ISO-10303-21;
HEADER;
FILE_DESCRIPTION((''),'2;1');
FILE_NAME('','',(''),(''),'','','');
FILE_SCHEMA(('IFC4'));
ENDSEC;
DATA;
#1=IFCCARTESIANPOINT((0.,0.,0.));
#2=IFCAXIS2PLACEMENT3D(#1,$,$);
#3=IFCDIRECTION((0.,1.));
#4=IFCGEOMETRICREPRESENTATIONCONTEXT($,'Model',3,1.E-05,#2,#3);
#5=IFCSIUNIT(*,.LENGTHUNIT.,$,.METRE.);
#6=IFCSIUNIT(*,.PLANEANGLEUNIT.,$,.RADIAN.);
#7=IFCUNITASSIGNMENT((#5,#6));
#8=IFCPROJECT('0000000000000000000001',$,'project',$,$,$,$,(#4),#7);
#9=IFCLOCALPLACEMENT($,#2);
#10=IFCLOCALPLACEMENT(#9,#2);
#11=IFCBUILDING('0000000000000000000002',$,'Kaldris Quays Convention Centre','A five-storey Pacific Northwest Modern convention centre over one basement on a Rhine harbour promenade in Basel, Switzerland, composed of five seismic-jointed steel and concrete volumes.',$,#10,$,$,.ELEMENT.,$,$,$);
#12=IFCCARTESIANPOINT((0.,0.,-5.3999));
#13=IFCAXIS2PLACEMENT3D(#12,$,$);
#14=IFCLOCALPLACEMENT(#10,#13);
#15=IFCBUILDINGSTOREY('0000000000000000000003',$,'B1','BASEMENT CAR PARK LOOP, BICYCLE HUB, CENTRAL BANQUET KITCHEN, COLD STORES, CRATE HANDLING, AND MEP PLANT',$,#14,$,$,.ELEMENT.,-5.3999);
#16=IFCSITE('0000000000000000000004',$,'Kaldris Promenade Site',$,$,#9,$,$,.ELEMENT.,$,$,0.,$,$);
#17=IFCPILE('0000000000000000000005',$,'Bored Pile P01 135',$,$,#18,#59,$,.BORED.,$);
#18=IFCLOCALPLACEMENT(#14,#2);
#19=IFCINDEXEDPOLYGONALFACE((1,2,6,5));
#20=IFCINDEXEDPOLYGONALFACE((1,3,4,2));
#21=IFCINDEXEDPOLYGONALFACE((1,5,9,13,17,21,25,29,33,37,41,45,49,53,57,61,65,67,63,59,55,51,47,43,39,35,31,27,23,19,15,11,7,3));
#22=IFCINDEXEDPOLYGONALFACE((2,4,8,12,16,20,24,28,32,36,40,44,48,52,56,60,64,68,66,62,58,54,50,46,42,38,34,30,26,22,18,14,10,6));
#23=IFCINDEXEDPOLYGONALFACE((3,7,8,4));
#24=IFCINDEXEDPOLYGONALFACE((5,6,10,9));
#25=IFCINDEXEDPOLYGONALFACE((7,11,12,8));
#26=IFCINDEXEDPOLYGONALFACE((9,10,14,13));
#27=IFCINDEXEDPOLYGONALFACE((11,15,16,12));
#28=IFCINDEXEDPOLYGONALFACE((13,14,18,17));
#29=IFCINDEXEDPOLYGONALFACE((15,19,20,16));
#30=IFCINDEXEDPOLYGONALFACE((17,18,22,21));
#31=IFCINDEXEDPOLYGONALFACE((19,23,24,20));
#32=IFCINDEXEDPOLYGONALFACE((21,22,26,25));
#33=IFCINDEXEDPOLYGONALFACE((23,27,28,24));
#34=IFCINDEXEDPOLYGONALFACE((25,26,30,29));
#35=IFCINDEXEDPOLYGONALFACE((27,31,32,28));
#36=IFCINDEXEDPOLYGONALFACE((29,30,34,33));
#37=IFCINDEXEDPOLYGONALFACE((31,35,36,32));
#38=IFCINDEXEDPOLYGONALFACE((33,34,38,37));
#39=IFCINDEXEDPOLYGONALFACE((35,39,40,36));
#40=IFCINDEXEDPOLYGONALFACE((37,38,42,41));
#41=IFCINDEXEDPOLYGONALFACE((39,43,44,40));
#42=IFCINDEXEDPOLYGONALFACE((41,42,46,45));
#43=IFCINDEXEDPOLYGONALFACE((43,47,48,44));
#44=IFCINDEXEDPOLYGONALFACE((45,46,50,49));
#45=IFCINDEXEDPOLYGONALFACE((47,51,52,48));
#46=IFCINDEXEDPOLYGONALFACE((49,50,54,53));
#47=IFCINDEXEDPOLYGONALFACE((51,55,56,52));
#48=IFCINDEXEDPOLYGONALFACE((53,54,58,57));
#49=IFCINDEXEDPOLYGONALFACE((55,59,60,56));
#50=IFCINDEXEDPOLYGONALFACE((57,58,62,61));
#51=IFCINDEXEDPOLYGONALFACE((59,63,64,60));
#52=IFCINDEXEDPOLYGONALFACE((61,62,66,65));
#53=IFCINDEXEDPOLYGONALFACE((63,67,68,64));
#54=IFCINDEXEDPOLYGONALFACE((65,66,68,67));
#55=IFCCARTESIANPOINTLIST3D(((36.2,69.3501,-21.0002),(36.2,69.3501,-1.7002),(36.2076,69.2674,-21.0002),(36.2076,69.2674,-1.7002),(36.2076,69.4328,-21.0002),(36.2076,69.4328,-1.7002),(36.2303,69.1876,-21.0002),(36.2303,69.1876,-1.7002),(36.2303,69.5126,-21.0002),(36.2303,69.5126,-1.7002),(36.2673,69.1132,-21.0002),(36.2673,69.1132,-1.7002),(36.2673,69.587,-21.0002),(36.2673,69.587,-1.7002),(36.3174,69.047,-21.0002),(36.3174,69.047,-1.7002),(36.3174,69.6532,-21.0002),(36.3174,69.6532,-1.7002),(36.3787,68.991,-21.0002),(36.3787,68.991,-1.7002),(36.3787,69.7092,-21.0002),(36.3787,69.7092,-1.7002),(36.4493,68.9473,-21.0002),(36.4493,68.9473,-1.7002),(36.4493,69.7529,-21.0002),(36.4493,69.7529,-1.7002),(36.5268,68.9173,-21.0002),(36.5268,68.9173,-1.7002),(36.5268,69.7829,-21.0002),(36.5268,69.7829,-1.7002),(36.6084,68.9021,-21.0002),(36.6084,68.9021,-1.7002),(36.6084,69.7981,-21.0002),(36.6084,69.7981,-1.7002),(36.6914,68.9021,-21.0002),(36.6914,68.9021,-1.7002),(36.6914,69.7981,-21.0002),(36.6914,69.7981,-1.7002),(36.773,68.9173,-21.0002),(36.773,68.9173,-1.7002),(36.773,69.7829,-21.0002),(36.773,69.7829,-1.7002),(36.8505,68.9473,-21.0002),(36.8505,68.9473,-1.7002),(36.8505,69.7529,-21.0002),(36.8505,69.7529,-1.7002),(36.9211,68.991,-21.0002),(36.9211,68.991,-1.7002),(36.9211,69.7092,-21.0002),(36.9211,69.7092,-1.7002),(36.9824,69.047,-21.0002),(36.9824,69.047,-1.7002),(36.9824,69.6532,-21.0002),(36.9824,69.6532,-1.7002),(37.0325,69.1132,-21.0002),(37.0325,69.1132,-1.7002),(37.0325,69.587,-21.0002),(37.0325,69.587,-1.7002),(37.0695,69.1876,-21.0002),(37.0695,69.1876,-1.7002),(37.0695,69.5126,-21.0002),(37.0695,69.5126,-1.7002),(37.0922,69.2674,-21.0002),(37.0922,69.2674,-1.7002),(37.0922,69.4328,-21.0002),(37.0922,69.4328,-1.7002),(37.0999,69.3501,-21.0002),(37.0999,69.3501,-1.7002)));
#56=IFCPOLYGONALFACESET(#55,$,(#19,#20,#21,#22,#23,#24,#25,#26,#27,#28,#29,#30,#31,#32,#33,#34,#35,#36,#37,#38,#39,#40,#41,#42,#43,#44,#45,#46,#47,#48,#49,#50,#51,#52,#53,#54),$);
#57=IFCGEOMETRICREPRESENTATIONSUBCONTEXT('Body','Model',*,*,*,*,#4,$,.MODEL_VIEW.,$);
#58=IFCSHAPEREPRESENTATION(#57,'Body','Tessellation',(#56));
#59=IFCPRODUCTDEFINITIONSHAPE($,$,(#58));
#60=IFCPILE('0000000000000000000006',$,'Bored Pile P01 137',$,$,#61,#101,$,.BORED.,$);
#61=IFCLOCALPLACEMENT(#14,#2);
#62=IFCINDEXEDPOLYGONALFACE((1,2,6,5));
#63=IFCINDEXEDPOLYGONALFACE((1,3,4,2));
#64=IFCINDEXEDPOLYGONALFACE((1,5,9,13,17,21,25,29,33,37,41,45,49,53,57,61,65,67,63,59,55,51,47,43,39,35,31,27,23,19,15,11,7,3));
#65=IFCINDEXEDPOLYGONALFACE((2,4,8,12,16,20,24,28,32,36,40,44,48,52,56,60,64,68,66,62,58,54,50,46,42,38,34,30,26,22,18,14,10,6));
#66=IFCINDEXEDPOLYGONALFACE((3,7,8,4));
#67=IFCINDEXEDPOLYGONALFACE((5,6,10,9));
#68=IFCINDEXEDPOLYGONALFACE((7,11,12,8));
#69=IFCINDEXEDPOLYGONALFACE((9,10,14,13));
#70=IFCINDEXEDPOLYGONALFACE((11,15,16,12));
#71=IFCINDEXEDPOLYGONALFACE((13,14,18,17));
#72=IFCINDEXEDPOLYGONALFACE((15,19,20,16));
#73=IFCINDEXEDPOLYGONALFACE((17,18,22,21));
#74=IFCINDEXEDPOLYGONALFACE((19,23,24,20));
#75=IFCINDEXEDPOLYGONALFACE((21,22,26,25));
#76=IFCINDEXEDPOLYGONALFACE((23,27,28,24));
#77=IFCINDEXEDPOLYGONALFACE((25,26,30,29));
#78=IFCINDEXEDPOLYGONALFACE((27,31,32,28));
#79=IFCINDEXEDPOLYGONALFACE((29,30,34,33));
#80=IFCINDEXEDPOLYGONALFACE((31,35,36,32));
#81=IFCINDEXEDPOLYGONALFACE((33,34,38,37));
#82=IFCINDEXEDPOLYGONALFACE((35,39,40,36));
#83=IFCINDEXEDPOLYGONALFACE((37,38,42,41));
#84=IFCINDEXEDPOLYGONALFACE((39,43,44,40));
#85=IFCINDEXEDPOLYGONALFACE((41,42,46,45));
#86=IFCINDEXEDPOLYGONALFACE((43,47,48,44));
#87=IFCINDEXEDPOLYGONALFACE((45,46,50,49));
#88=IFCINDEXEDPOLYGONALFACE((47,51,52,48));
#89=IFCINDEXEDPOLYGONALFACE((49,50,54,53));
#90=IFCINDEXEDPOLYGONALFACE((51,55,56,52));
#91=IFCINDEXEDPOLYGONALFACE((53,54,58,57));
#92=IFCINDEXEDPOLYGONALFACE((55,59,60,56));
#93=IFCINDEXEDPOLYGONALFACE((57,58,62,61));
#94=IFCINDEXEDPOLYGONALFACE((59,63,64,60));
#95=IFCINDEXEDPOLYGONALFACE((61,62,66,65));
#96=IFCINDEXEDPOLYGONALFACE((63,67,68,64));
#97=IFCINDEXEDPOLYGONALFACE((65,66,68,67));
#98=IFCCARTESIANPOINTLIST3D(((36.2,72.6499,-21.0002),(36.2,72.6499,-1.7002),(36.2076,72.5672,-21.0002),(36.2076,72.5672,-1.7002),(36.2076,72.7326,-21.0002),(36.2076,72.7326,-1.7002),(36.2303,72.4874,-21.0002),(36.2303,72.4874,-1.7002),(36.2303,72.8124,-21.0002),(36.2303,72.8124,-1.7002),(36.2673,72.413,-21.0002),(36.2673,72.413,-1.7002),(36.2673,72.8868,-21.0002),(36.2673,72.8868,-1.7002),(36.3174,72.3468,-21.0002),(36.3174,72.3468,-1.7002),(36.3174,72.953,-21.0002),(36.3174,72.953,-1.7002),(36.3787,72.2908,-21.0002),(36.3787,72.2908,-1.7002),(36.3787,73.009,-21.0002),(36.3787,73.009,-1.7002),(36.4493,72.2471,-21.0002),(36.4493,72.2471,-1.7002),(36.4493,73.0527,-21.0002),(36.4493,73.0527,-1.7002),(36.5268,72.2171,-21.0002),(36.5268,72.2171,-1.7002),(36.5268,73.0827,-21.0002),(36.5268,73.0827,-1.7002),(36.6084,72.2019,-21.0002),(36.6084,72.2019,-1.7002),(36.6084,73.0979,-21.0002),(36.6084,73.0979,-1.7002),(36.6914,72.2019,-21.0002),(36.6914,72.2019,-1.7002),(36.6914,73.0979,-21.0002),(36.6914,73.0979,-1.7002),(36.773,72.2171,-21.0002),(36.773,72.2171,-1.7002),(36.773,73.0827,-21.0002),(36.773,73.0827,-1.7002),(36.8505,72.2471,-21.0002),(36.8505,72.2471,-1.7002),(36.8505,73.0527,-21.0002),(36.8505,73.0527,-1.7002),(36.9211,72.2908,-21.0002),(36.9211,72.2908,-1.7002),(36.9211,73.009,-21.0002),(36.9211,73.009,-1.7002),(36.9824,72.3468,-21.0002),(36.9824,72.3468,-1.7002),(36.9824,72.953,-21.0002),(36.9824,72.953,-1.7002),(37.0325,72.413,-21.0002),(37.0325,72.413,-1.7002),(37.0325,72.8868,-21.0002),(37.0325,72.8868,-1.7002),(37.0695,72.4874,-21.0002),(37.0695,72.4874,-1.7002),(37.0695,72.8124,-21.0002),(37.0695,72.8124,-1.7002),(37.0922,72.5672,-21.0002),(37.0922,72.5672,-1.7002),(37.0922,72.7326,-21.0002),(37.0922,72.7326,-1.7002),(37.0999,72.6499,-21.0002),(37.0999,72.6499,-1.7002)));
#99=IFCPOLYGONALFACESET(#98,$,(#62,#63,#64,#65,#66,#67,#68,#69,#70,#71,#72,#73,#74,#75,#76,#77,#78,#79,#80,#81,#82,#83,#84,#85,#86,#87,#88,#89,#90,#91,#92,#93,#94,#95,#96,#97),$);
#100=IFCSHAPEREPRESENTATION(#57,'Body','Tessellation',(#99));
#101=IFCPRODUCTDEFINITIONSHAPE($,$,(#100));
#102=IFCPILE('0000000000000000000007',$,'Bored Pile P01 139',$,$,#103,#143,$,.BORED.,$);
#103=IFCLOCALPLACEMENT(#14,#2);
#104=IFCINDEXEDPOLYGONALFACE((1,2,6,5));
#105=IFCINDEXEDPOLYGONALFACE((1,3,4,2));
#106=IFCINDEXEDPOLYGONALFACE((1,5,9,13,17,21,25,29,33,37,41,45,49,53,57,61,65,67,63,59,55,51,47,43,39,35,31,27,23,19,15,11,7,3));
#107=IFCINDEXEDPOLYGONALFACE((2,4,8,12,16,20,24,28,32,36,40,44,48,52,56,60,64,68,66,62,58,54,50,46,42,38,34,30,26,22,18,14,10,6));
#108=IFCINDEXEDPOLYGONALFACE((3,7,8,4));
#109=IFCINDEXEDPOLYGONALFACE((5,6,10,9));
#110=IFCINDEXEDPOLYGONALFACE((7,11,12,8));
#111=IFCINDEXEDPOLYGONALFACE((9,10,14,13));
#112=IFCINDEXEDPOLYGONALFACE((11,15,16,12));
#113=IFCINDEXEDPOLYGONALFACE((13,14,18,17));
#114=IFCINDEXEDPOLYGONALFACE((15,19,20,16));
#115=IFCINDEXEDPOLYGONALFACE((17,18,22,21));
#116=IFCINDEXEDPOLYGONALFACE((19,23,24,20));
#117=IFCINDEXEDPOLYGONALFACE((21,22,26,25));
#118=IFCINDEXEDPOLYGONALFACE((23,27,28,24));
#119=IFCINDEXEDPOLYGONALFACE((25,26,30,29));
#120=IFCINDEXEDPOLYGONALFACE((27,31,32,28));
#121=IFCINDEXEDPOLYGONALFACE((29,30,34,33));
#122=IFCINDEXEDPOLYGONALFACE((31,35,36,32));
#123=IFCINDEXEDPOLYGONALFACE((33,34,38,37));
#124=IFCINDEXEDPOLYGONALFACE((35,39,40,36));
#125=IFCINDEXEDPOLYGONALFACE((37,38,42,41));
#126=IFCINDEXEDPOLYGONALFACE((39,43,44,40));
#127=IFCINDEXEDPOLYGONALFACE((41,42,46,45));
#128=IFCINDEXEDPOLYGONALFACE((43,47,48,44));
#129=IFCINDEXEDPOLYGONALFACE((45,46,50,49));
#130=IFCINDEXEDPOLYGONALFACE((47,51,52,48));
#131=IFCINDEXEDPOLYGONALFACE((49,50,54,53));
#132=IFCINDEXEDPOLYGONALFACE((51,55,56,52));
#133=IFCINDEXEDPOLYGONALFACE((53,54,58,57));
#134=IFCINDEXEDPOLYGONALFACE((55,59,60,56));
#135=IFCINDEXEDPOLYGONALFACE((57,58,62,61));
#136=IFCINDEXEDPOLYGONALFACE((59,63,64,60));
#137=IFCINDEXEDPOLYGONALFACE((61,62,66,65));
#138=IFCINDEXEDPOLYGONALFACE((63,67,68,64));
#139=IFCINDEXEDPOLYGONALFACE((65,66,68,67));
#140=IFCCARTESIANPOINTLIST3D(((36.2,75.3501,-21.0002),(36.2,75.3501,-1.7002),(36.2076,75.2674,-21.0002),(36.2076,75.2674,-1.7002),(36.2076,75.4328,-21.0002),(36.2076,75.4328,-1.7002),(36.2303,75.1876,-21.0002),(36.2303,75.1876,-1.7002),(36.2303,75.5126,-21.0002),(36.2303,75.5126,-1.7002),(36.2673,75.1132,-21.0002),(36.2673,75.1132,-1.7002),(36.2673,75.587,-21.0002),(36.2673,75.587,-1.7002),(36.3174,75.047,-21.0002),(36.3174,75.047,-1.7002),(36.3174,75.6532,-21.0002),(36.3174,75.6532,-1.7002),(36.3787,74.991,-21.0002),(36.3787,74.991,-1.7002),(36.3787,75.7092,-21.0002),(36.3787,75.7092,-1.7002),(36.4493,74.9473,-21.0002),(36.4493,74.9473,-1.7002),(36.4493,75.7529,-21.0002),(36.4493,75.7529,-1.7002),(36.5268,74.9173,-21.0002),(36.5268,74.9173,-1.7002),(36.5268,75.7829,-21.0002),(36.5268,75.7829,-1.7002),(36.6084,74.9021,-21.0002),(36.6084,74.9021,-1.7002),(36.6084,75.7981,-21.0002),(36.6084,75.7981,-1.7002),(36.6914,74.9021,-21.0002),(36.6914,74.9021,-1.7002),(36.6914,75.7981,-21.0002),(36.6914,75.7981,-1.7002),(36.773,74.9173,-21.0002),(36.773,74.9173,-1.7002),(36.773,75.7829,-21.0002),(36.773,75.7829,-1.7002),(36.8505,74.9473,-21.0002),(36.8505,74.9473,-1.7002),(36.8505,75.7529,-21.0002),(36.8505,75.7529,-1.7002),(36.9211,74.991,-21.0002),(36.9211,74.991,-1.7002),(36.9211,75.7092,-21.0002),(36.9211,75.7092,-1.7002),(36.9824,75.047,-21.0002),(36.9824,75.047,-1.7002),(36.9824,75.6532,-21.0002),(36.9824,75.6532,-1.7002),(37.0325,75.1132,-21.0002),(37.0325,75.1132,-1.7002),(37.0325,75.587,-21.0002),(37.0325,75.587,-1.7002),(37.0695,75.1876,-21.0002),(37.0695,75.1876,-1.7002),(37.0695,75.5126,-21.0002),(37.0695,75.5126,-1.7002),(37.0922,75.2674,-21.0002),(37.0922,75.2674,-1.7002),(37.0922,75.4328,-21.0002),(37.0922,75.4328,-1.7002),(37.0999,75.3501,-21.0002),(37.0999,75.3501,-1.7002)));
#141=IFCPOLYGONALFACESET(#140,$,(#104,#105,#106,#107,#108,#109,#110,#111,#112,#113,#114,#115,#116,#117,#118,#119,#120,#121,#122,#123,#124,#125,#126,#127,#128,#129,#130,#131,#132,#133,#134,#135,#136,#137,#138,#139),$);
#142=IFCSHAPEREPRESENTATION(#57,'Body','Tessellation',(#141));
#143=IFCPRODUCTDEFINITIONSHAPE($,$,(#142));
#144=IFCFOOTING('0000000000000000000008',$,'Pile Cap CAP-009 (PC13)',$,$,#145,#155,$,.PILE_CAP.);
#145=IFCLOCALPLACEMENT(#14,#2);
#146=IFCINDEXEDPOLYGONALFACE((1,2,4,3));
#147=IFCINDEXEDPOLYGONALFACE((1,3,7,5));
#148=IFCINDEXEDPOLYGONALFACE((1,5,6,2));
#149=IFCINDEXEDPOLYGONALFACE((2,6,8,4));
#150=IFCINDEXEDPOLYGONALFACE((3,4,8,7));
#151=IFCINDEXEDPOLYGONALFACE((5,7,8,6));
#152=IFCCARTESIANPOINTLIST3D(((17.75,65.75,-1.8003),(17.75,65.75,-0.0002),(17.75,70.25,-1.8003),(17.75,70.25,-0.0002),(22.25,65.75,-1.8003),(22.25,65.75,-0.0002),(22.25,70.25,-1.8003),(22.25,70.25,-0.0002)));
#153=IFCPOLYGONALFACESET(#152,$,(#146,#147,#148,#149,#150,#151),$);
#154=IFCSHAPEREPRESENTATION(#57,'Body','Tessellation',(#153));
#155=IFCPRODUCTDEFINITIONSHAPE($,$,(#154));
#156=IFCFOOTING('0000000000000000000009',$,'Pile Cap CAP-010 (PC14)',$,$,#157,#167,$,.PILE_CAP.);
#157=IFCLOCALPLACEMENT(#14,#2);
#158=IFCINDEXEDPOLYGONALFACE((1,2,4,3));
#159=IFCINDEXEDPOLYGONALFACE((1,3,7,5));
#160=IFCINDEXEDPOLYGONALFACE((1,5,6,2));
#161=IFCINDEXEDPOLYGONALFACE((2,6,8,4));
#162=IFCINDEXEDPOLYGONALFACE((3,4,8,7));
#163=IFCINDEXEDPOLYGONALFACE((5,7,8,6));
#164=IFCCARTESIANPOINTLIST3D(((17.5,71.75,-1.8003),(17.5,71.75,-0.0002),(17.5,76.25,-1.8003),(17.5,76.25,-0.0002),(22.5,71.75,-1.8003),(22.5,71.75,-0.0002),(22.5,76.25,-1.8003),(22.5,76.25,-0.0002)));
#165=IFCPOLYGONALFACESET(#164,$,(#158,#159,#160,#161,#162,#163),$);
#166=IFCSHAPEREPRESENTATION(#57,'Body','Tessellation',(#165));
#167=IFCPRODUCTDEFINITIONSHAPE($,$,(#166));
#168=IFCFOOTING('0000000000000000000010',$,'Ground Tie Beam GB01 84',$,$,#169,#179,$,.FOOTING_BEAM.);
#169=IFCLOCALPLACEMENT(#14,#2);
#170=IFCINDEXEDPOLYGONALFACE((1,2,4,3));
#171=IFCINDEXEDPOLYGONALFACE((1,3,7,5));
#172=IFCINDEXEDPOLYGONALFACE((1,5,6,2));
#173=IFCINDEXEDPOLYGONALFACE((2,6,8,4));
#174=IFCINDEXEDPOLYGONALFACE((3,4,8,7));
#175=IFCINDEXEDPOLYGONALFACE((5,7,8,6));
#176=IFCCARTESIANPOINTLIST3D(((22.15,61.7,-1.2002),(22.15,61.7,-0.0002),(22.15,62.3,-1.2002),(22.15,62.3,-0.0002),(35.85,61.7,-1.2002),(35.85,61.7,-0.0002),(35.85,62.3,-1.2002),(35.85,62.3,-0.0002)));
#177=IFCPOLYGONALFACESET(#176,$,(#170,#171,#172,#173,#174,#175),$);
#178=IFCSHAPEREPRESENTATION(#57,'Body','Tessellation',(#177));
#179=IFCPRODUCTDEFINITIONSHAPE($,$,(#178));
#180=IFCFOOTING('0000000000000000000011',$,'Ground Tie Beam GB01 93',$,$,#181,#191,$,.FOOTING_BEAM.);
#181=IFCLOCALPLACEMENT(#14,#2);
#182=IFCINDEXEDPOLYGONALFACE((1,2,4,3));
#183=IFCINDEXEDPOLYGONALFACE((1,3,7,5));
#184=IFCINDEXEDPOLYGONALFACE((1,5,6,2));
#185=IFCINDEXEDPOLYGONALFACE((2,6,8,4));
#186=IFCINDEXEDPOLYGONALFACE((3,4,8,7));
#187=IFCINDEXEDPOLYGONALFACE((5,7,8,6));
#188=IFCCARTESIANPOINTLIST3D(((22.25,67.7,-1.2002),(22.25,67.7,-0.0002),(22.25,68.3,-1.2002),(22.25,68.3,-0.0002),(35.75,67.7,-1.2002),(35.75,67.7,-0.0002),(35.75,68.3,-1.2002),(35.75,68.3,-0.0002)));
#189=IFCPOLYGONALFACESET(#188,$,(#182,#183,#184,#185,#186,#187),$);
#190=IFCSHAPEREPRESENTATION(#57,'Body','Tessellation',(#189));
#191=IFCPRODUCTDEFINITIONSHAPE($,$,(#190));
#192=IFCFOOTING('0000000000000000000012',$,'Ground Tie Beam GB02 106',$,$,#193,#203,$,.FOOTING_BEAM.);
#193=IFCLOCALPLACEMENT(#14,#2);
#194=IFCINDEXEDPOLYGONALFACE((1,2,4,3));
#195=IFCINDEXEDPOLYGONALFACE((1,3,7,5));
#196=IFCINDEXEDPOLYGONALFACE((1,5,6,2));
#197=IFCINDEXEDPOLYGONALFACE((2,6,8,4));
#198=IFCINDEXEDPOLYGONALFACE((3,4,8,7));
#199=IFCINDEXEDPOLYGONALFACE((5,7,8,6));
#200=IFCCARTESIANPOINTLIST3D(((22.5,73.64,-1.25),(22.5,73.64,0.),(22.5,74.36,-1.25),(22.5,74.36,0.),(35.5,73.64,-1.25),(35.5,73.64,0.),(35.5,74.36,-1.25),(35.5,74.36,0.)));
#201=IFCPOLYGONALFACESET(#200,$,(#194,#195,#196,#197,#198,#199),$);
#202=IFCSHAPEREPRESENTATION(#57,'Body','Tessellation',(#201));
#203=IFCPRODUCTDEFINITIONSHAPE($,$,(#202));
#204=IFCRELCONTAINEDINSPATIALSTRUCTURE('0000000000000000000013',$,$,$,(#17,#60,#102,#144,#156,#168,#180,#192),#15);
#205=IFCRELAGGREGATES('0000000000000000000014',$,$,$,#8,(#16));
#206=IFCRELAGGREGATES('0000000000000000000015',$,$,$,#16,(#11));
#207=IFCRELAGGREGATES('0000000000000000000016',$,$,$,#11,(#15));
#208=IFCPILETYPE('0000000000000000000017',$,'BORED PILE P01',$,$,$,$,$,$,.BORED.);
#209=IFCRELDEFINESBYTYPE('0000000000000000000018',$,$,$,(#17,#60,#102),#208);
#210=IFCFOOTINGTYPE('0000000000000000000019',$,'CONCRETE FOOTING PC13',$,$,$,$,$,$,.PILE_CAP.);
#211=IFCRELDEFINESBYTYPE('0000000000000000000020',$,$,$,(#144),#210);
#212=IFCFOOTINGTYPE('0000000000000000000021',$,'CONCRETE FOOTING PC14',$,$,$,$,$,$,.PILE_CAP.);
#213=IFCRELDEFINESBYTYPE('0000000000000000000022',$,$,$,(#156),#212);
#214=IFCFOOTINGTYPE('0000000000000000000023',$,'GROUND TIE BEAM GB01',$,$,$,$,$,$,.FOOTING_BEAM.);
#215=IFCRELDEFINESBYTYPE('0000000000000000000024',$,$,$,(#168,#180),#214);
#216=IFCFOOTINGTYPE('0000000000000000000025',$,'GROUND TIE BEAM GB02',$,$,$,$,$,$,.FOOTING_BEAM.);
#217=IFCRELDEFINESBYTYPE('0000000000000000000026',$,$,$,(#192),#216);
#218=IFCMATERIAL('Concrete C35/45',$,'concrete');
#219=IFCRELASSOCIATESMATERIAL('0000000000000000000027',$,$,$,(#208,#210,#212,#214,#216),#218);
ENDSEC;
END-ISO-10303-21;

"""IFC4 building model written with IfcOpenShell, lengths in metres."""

from ifc_helpers import new_model, si_unit, direction, frame, origin, origin_2d, place, context, subcontext, project, spatial, rectangle, circle, extrude, material, material_profile, profile_set, type_object, element, save


model = new_model("IFC4")

# Units and contexts
model_context = context("Model", 3, precision=1e-05, world=origin(), true_north=direction((0.0, 1.0)))
body_context = subcontext(model_context, "Body", "Model", "MODEL_VIEW")
ifc_project = project(units=[si_unit("LENGTHUNIT", "METRE"), si_unit("PLANEANGLEUNIT", "RADIAN")], contexts=[model_context])

# Site, building, storey
site_placement = place(None, origin())
site = spatial("IfcSite", under=ifc_project, at=site_placement, Name="Kaldris Promenade Site", CompositionType="ELEMENT", RefElevation=0.0)
building_placement = place(site_placement, origin())
building = spatial("IfcBuilding", under=site, at=building_placement, Name="Kaldris Quays Convention Centre", Description="A five-storey Pacific Northwest Modern convention centre over one basement on a Rhine harbour promenade in Basel, Switzerland, composed of five seismic-jointed steel and concrete volumes.", CompositionType="ELEMENT")
storey_placement = place(building_placement, frame((0.0, 0.0, -5.3999)))
storey = spatial("IfcBuildingStorey", under=building, at=storey_placement, Name="B1", Description="BASEMENT CAR PARK LOOP, BICYCLE HUB, CENTRAL BANQUET KITCHEN, COLD STORES, CRATE HANDLING, AND MEP PLANT", CompositionType="ELEMENT", Elevation=-5.3999)

# Piles
ifc_material_1 = material(Name="Concrete C35/45", Category="concrete")
ifc_material_profile_1 = material_profile(ifc_material_1, circle(Radius=0.45, at=origin_2d()), Name="BORED PILE D900")
ifc_profile_set_1 = profile_set([ifc_material_profile_1], Name="Concrete C35/45")
pile_type = type_object("IfcPileType", Name="BORED PILE P01", PredefinedType="BORED", material=ifc_profile_set_1)
for number, where, z_axis, x_axis, name in (
    (1, (36.6499, 69.3501, -1.7002), (0.0, 0.0, -1.0), (1.0, 0.0, 0.0), "Bored Pile P01 135"),
    (2, (36.6499, 72.6499, -1.7002), (0.0, 0.0, -1.0), (1.0, 0.0, 0.0), "Bored Pile P01 137"),
    (3, (36.6499, 75.3501, -1.7002), (0.0, 0.0, -1.0), (1.0, 0.0, 0.0), "Bored Pile P01 139"),
):
    element("IfcPile", number, at=place(storey_placement, frame(where, z_axis=z_axis, x_axis=x_axis)), inside=storey, type_object=pile_type, Name=name, PredefinedType="BORED", context=body_context, shape_type="SweptSolid", body=[
        extrude(circle(Radius=0.45, at=origin_2d()), origin(), (0.0, 0.0, 1.0), 19.3),
    ])

# Footings
footing_type_1 = type_object("IfcFootingType", Name="CONCRETE FOOTING PC13", PredefinedType="PILE_CAP", material=ifc_material_1)
footing_1_placement = place(storey_placement, frame((20.0, 68.0, -1.8003), z_axis=(0.0, 0.0, 1.0), x_axis=(1.0, 0.0, 0.0)))
element("IfcFooting", 4, at=footing_1_placement, inside=storey, type_object=footing_type_1, Name="Pile Cap CAP-009 (PC13)", PredefinedType="PILE_CAP", context=body_context, shape_type="SweptSolid", body=[
    extrude(rectangle(XDim=4.5, YDim=4.5, at=origin_2d()), origin(), (0.0, 0.0, 1.0), 1.8),
])
footing_type_2 = type_object("IfcFootingType", Name="CONCRETE FOOTING PC14", PredefinedType="PILE_CAP", material=ifc_material_1)
footing_2_placement = place(storey_placement, frame((20.0, 74.0, -1.8003), z_axis=(0.0, 0.0, 1.0), x_axis=(1.0, 0.0, 0.0)))
element("IfcFooting", 5, at=footing_2_placement, inside=storey, type_object=footing_type_2, Name="Pile Cap CAP-010 (PC14)", PredefinedType="PILE_CAP", context=body_context, shape_type="SweptSolid", body=[
    extrude(rectangle(XDim=5.0, YDim=4.5, at=origin_2d()), origin(), (0.0, 0.0, 1.0), 1.8),
])
footing_type_3 = type_object("IfcFootingType", Name="GROUND TIE BEAM GB01", PredefinedType="FOOTING_BEAM", material=ifc_material_1)
footing_3_placement = place(storey_placement, frame((29.0, 62.0, -1.2002), z_axis=(0.0, 0.0, 1.0), x_axis=(1.0, 0.0, 0.0)))
element("IfcFooting", 6, at=footing_3_placement, inside=storey, type_object=footing_type_3, Name="Ground Tie Beam GB01 84", PredefinedType="FOOTING_BEAM", context=body_context, shape_type="SweptSolid", body=[
    extrude(rectangle(XDim=13.7, YDim=0.6001, at=origin_2d()), origin(), (0.0, 0.0, 1.0), 1.2),
])
footing_4_placement = place(storey_placement, frame((29.0, 68.0, -1.2002), z_axis=(0.0, 0.0, 1.0), x_axis=(1.0, 0.0, 0.0)))
element("IfcFooting", 7, at=footing_4_placement, inside=storey, type_object=footing_type_3, Name="Ground Tie Beam GB01 93", PredefinedType="FOOTING_BEAM", context=body_context, shape_type="SweptSolid", body=[
    extrude(rectangle(XDim=13.5, YDim=0.6001, at=origin_2d()), origin(), (0.0, 0.0, 1.0), 1.2),
])
footing_type_4 = type_object("IfcFootingType", Name="GROUND TIE BEAM GB02", PredefinedType="FOOTING_BEAM", material=ifc_material_1)
footing_5_placement = place(storey_placement, frame((29.0, 74.0, -1.25), z_axis=(0.0, 0.0, 1.0), x_axis=(1.0, 0.0, 0.0)))
element("IfcFooting", 8, at=footing_5_placement, inside=storey, type_object=footing_type_4, Name="Ground Tie Beam GB02 106", PredefinedType="FOOTING_BEAM", context=body_context, shape_type="SweptSolid", body=[
    extrude(rectangle(XDim=13.0, YDim=0.72, at=origin_2d()), origin(), (0.0, 0.0, 1.0), 1.25),
])

save(model, "model.ifc")
